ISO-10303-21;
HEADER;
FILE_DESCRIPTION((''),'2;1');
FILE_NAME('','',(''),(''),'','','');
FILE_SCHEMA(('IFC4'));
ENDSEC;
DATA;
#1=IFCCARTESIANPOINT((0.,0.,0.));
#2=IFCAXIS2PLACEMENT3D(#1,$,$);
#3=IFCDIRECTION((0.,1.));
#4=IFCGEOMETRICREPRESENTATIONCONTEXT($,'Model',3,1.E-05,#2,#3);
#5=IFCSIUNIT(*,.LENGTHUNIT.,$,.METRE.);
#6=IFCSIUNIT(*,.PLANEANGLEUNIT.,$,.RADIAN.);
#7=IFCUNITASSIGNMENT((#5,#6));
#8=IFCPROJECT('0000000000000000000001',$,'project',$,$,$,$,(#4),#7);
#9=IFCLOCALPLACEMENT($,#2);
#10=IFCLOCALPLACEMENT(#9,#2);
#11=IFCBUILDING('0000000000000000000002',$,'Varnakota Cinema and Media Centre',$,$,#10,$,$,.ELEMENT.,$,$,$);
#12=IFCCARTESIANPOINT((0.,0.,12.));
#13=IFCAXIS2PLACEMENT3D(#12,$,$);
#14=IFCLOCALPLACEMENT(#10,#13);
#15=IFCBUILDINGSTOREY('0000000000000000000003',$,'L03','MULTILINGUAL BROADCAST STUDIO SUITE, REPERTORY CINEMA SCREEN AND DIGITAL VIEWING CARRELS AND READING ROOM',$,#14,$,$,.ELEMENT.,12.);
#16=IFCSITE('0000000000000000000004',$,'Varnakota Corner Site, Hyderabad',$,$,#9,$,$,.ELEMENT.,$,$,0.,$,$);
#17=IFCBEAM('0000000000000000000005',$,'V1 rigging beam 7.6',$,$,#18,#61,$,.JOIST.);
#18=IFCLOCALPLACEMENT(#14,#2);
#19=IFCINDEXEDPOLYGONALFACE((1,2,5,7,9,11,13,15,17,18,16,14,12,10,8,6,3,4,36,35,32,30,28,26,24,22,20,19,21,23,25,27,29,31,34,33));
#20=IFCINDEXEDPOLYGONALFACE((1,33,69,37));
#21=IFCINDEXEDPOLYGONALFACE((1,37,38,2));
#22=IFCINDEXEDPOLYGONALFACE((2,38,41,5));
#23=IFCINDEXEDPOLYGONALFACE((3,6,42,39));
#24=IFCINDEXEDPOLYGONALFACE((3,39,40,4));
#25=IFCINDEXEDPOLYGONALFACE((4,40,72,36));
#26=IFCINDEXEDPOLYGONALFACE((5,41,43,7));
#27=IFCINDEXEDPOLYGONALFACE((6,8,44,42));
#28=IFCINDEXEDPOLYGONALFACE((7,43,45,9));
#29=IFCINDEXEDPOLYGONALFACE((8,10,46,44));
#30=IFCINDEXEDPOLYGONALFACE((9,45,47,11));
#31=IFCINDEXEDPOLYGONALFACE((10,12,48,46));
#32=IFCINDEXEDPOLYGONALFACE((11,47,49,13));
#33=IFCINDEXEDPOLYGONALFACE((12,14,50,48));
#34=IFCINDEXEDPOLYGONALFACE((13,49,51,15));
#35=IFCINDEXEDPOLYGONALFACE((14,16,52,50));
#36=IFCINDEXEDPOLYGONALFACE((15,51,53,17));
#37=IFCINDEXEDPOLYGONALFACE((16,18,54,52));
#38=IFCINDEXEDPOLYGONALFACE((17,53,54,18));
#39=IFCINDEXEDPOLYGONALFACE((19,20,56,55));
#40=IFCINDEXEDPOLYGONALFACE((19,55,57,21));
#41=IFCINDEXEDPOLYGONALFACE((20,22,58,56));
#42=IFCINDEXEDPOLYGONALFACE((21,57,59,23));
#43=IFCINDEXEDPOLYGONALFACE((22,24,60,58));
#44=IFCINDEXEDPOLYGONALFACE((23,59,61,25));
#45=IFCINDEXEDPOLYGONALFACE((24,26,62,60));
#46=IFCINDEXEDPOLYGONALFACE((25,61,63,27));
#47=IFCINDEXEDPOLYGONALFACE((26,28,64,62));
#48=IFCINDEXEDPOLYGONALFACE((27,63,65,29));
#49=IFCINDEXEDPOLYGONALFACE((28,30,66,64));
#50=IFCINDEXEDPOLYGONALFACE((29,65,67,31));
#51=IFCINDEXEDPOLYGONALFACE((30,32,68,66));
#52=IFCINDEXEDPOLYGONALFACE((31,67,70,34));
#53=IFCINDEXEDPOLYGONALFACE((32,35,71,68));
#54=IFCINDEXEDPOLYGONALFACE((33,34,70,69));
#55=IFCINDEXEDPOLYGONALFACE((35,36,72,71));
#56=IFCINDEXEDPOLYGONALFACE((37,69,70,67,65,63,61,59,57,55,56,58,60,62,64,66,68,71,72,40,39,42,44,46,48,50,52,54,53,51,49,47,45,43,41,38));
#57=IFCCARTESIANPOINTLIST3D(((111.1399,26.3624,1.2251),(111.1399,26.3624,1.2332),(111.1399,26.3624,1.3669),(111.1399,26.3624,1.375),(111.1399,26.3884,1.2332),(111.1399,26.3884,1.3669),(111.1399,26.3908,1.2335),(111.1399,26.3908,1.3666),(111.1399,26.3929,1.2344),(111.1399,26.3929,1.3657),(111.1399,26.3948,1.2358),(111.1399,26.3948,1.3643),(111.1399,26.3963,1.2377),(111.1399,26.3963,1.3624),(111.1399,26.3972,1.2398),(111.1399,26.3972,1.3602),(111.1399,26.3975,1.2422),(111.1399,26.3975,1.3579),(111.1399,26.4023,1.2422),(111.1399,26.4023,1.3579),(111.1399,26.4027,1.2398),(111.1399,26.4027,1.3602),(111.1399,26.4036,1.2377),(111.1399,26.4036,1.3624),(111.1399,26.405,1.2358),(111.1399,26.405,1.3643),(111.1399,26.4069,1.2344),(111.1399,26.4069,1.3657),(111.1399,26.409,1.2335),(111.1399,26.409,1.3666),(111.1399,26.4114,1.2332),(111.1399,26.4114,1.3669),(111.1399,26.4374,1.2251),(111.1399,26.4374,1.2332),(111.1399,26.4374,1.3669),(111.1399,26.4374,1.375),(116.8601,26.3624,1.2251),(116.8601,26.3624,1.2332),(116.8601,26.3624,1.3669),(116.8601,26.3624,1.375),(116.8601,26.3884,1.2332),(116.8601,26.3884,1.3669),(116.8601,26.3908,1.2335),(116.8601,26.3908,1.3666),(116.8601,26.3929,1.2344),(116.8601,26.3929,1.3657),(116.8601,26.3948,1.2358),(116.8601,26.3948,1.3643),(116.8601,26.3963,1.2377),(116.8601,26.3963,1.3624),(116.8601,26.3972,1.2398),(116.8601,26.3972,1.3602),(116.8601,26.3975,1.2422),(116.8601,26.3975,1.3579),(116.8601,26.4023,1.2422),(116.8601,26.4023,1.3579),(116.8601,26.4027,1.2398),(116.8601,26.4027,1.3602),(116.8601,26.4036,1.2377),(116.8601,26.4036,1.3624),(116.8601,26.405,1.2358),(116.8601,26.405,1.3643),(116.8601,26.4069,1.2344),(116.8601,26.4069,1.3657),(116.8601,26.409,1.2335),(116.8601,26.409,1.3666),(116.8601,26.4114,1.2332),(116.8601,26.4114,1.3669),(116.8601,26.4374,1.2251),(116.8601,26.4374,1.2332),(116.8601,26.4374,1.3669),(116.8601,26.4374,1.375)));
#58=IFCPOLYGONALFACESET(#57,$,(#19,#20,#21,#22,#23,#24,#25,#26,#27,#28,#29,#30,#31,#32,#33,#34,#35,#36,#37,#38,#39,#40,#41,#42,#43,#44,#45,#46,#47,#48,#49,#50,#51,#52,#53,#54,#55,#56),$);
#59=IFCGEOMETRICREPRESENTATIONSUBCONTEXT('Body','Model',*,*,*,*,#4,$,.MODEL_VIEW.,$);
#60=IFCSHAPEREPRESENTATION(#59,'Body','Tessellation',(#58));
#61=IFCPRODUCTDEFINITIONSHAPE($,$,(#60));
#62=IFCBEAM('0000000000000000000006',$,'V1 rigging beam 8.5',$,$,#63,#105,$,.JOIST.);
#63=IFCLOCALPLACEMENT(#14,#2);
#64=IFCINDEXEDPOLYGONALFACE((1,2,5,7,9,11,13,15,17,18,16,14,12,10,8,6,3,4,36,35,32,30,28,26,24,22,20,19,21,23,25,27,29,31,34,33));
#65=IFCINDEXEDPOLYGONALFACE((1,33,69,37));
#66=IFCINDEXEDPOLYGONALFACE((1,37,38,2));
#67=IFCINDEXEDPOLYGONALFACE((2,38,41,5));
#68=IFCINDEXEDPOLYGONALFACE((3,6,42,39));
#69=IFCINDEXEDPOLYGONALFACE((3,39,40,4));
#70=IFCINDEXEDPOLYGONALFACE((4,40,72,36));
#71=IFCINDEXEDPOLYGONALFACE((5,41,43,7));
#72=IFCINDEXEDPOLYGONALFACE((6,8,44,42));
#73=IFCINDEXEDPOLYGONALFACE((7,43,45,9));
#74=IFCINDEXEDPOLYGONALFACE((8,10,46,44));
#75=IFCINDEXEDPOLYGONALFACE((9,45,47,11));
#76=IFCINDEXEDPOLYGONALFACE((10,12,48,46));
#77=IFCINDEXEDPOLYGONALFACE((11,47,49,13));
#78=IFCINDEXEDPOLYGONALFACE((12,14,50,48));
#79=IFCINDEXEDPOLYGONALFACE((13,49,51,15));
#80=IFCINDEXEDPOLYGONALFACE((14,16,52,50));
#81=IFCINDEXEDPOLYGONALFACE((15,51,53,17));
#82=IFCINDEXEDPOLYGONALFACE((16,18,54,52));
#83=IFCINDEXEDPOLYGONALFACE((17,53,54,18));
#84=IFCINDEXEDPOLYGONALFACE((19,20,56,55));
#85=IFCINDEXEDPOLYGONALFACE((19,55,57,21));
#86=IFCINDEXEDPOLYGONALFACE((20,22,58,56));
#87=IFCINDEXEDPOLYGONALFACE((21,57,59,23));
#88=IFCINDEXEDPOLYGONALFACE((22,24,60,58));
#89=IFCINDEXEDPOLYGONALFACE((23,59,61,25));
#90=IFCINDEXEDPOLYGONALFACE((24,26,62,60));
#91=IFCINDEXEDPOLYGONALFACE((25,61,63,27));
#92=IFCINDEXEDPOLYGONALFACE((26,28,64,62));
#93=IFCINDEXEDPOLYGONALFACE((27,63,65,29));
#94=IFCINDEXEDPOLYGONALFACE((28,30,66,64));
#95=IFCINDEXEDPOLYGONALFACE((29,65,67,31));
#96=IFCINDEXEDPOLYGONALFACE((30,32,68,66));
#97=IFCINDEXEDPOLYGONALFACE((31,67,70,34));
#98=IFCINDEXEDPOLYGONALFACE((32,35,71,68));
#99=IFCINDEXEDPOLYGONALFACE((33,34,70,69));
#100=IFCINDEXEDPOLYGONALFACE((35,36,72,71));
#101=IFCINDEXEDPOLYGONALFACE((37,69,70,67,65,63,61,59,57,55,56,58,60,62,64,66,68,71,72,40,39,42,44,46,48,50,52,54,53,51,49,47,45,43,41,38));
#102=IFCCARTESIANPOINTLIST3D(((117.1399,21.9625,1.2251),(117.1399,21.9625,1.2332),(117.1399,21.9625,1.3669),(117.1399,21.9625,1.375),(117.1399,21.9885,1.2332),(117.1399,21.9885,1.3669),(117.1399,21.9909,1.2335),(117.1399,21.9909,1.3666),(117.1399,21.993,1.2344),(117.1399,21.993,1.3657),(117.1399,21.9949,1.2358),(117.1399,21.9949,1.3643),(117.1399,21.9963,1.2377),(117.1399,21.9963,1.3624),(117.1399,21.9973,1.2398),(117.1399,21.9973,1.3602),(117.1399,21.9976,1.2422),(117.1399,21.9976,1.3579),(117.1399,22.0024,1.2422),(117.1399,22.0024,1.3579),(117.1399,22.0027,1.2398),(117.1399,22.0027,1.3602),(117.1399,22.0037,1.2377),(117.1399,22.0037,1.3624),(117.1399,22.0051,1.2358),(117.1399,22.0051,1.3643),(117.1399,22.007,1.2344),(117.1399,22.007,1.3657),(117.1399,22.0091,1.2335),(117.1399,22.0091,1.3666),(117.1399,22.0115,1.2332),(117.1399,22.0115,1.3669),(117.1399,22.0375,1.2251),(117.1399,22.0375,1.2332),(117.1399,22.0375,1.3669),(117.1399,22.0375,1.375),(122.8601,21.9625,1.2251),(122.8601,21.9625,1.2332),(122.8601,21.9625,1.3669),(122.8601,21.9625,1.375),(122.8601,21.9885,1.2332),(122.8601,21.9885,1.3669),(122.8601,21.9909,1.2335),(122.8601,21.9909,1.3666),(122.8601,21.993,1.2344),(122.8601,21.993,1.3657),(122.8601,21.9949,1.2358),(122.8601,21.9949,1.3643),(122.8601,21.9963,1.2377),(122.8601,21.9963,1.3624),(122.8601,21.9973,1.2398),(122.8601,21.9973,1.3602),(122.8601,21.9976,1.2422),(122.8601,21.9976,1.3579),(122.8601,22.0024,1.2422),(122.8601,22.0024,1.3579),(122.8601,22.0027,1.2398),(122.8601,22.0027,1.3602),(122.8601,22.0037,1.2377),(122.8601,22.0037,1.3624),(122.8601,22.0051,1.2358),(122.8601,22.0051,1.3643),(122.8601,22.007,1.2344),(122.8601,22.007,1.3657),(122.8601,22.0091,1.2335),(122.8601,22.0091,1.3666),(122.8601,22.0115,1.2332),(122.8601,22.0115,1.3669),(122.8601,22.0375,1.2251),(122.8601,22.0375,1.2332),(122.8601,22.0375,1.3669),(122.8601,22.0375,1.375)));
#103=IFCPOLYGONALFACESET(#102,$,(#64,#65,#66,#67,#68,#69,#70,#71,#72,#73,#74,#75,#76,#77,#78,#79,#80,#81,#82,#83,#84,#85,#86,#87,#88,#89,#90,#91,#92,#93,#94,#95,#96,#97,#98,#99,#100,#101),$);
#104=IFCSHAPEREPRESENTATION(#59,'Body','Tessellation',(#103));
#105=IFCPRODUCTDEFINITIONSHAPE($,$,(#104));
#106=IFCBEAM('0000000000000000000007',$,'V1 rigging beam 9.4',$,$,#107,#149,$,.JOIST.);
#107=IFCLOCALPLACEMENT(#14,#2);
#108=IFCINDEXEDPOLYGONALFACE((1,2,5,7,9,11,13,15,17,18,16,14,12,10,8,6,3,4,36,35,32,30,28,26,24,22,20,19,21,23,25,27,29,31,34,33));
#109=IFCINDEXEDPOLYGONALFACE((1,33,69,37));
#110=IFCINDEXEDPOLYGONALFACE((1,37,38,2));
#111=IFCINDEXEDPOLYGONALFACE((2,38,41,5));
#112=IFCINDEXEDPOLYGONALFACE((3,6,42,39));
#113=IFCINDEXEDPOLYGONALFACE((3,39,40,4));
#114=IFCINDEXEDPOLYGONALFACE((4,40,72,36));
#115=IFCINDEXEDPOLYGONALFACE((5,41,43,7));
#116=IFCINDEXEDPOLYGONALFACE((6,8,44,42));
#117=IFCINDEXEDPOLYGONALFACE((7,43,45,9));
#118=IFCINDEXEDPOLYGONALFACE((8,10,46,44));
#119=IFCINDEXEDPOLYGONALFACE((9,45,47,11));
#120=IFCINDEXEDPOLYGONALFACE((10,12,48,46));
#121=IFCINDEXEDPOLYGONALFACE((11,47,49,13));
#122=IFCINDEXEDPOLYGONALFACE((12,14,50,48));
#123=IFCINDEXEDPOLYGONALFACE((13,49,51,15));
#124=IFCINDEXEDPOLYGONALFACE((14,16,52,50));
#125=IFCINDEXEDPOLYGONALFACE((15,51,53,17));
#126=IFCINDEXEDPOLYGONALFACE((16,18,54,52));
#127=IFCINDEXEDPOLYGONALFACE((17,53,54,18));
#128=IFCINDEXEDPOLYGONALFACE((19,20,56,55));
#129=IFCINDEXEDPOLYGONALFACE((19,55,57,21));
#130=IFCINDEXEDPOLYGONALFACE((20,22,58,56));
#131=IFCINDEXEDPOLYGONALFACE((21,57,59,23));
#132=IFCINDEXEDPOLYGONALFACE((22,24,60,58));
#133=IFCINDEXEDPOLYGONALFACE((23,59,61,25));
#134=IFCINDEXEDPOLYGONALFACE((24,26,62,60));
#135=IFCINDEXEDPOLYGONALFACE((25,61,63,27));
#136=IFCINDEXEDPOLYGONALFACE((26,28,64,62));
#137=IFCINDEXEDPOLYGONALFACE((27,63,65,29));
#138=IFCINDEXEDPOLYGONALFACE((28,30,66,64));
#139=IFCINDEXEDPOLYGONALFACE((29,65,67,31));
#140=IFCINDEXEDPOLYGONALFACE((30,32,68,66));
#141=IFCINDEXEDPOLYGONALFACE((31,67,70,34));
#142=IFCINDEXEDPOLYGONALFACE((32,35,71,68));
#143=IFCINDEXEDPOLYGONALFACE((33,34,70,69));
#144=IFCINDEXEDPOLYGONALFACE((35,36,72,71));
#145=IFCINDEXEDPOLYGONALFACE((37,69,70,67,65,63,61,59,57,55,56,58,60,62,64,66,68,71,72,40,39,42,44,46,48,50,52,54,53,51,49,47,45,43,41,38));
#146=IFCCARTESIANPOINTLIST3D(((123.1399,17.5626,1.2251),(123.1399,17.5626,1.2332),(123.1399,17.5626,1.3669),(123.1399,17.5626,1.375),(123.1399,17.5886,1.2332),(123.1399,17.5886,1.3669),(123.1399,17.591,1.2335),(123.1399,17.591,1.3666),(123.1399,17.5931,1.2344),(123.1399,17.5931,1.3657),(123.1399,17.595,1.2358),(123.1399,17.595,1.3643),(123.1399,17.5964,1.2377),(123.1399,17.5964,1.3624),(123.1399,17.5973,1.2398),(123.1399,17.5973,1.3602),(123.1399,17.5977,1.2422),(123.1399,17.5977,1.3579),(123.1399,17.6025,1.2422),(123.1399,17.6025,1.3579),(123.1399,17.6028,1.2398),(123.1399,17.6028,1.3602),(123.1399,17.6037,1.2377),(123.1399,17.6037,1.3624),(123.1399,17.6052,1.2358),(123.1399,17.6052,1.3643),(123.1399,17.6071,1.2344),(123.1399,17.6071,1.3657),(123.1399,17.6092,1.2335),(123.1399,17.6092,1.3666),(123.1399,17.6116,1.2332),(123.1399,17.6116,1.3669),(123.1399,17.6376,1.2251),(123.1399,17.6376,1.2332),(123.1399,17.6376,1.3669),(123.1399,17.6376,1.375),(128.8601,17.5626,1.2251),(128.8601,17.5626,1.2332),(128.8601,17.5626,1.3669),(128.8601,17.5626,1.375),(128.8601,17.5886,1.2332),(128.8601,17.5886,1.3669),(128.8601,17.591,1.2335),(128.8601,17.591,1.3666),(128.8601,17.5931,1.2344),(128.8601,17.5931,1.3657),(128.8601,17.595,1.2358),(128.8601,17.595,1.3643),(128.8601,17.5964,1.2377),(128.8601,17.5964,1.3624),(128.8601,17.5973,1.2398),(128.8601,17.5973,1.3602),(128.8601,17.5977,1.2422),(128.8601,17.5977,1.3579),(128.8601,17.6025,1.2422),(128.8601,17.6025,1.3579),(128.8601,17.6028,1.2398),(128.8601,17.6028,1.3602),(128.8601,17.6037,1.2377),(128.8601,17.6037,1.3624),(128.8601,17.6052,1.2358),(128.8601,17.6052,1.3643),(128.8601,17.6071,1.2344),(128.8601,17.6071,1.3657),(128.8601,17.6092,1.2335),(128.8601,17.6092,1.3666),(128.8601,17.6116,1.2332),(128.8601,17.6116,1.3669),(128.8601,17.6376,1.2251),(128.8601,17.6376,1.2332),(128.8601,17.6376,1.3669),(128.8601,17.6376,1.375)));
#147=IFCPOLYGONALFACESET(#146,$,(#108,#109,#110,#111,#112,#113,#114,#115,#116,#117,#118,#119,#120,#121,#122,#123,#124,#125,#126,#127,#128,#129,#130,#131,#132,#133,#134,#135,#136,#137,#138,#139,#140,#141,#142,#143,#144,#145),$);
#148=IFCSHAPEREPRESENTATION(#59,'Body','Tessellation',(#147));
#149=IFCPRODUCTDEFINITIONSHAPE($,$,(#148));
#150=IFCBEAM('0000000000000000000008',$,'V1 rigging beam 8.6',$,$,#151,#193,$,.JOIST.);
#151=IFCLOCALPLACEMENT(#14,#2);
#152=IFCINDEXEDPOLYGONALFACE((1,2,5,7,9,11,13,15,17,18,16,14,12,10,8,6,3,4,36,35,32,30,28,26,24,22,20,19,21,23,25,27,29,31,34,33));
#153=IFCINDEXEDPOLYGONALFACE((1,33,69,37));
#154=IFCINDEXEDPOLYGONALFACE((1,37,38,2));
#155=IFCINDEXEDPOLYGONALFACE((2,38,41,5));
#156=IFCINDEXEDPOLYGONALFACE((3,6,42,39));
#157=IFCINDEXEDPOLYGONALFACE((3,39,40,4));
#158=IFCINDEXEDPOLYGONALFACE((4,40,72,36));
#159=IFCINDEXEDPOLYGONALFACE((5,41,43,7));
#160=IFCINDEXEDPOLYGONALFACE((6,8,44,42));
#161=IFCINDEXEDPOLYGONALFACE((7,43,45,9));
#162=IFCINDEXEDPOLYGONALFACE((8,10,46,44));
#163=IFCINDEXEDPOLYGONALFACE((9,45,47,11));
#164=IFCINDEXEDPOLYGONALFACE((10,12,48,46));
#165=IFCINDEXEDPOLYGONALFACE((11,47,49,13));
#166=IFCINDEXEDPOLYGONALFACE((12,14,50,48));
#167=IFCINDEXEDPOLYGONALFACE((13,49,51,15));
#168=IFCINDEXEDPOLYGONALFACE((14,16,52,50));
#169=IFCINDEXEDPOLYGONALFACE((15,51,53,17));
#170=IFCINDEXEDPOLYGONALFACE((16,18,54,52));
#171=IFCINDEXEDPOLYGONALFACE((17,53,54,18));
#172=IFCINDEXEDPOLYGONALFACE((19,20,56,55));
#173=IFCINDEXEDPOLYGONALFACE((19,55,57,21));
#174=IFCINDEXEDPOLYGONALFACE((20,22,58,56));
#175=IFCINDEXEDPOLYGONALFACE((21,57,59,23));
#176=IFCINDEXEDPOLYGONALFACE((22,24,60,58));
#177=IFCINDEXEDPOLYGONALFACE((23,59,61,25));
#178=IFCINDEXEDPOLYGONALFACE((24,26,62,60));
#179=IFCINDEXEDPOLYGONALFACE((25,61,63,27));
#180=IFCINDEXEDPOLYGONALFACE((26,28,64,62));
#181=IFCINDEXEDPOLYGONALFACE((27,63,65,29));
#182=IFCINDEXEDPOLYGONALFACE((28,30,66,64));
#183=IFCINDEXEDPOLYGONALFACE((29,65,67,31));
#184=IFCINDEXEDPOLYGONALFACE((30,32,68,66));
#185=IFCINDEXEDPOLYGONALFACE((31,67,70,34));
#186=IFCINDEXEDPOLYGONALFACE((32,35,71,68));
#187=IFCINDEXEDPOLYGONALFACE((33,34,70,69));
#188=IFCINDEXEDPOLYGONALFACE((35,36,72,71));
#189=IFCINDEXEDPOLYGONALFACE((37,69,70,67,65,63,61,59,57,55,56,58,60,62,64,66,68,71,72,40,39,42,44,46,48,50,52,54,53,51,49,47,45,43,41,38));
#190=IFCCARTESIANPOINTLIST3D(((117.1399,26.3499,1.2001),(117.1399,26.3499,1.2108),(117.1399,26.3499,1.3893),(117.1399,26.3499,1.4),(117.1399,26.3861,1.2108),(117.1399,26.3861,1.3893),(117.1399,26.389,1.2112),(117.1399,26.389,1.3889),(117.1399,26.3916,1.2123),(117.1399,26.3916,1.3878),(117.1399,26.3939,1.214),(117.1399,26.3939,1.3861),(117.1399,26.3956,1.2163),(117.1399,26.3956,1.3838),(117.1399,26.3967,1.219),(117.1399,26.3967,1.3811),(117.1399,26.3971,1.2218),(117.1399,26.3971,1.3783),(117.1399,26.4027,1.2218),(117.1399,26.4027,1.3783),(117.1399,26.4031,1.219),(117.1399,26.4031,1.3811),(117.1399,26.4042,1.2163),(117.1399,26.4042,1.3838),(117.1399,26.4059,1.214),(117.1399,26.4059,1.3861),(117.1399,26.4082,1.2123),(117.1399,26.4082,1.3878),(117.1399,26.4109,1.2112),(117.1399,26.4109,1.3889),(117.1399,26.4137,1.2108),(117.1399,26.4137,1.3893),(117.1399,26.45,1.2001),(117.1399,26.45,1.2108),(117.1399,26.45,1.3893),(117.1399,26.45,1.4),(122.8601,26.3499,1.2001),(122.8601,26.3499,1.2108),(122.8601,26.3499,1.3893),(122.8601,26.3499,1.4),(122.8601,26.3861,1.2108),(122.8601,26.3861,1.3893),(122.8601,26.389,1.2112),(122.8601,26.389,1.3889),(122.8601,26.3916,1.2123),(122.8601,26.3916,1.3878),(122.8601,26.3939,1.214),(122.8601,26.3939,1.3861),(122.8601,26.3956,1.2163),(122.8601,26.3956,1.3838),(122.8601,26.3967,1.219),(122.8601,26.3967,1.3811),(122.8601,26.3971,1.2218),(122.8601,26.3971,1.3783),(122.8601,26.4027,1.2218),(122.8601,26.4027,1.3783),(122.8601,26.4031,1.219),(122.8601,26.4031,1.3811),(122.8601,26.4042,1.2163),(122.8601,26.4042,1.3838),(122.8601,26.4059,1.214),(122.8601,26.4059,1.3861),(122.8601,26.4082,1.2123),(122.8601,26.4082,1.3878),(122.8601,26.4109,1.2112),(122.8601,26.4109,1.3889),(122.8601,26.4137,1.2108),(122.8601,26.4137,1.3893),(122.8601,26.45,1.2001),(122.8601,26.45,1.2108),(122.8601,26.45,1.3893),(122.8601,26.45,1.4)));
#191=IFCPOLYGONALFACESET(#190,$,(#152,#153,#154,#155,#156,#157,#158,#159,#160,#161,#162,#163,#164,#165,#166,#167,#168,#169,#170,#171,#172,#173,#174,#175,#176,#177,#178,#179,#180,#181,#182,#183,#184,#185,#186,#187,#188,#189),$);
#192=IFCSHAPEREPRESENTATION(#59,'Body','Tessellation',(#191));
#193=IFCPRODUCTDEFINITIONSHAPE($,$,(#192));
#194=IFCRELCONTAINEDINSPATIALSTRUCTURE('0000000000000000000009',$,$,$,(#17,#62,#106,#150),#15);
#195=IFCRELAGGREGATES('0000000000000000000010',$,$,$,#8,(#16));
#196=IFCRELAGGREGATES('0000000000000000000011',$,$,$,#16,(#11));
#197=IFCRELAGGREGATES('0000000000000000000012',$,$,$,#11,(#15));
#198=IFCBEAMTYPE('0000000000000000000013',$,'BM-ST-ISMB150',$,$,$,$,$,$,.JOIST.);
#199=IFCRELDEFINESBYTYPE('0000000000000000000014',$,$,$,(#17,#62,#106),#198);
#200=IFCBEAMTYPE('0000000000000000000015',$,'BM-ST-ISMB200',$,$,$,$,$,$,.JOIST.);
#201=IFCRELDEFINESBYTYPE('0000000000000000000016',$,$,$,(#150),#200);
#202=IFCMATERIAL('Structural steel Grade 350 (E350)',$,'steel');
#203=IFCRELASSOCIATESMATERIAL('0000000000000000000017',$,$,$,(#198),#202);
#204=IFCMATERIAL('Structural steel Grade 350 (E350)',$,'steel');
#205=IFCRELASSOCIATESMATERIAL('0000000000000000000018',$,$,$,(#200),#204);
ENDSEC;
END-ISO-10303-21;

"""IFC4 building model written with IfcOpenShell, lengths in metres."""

from ifc_helpers import new_model, si_unit, direction, frame, origin, origin_2d, place, context, subcontext, project, spatial, i_section, extrude, material, material_profile, profile_set, type_object, element, save


model = new_model("IFC4")

# Units and contexts
model_context = context("Model", 3, precision=1e-05, world=origin(), true_north=direction((0.0, 1.0)))
body_context = subcontext(model_context, "Body", "Model", "MODEL_VIEW")
ifc_project = project(units=[si_unit("LENGTHUNIT", "METRE"), si_unit("PLANEANGLEUNIT", "RADIAN")], contexts=[model_context])

# Site, building, storey
site_placement = place(None, origin())
site = spatial("IfcSite", under=ifc_project, at=site_placement, Name="Varnakota Corner Site, Hyderabad", CompositionType="ELEMENT", RefElevation=0.0)
building_placement = place(site_placement, origin())
building = spatial("IfcBuilding", under=site, at=building_placement, Name="Varnakota Cinema and Media Centre", CompositionType="ELEMENT")
storey_placement = place(building_placement, frame((0.0, 0.0, 12.0)))
storey = spatial("IfcBuildingStorey", under=building, at=storey_placement, Name="L03", Description="MULTILINGUAL BROADCAST STUDIO SUITE, REPERTORY CINEMA SCREEN AND DIGITAL VIEWING CARRELS AND READING ROOM", CompositionType="ELEMENT", Elevation=12.0)

# Beams
ifc_material_1 = material(Name="Structural steel Grade 350 (E350)", Category="steel")
ifc_material_profile_1 = material_profile(ifc_material_1, i_section(OverallWidth=0.075, OverallDepth=0.1499, WebThickness=0.0049, FlangeThickness=0.0081, FilletRadius=0.009, at=origin_2d()), Name="ISMB 150")
ifc_profile_set_1 = profile_set([ifc_material_profile_1], Name="Structural steel Grade 350 (E350)")
beam_type_1 = type_object("IfcBeamType", Name="BM-ST-ISMB150", PredefinedType="JOIST", material=ifc_profile_set_1)
for number, where, z_axis, x_axis, name in (
    (1, (111.1399, 26.3999, 1.3), (1.0, 0.0, 0.0), (0.0, 1.0, 0.0), "V1 rigging beam 7.6"),
    (2, (117.1399, 22.0, 1.3), (1.0, 0.0, 0.0), (0.0, 1.0, 0.0), "V1 rigging beam 8.5"),
    (3, (123.1399, 17.6001, 1.3), (1.0, 0.0, 0.0), (0.0, 1.0, 0.0), "V1 rigging beam 9.4"),
):
    element("IfcBeam", number, at=place(storey_placement, frame(where, z_axis=z_axis, x_axis=x_axis)), inside=storey, type_object=beam_type_1, Name=name, PredefinedType="JOIST", context=body_context, shape_type="SweptSolid", body=[
        extrude(i_section(OverallWidth=0.075, OverallDepth=0.1499, WebThickness=0.0049, FlangeThickness=0.0081, FilletRadius=0.009, at=origin_2d()), origin(), (0.0, 0.0, 1.0), 5.7202),
    ])
ifc_material_2 = material(Name="Structural steel Grade 350 (E350)", Category="steel")
ifc_material_profile_2 = material_profile(ifc_material_2, i_section(OverallWidth=0.1001, OverallDepth=0.2, WebThickness=0.0056, FlangeThickness=0.0107, FilletRadius=0.011, at=origin_2d()), Name="ISMB 200")
ifc_profile_set_2 = profile_set([ifc_material_profile_2], Name="Structural steel Grade 350 (E350)")
beam_type_2 = type_object("IfcBeamType", Name="BM-ST-ISMB200", PredefinedType="JOIST", material=ifc_profile_set_2)
for number, where, z_axis, x_axis, name in (
    (4, (117.1399, 26.3999, 1.3), (1.0, 0.0, 0.0), (0.0, 1.0, 0.0), "V1 rigging beam 8.6"),
):
    element("IfcBeam", number, at=place(storey_placement, frame(where, z_axis=z_axis, x_axis=x_axis)), inside=storey, type_object=beam_type_2, Name=name, PredefinedType="JOIST", context=body_context, shape_type="SweptSolid", body=[
        extrude(i_section(OverallWidth=0.1001, OverallDepth=0.2, WebThickness=0.0056, FlangeThickness=0.0107, FilletRadius=0.011, at=origin_2d()), origin(), (0.0, 0.0, 1.0), 5.7202),
    ])

save(model, "model.ifc")
